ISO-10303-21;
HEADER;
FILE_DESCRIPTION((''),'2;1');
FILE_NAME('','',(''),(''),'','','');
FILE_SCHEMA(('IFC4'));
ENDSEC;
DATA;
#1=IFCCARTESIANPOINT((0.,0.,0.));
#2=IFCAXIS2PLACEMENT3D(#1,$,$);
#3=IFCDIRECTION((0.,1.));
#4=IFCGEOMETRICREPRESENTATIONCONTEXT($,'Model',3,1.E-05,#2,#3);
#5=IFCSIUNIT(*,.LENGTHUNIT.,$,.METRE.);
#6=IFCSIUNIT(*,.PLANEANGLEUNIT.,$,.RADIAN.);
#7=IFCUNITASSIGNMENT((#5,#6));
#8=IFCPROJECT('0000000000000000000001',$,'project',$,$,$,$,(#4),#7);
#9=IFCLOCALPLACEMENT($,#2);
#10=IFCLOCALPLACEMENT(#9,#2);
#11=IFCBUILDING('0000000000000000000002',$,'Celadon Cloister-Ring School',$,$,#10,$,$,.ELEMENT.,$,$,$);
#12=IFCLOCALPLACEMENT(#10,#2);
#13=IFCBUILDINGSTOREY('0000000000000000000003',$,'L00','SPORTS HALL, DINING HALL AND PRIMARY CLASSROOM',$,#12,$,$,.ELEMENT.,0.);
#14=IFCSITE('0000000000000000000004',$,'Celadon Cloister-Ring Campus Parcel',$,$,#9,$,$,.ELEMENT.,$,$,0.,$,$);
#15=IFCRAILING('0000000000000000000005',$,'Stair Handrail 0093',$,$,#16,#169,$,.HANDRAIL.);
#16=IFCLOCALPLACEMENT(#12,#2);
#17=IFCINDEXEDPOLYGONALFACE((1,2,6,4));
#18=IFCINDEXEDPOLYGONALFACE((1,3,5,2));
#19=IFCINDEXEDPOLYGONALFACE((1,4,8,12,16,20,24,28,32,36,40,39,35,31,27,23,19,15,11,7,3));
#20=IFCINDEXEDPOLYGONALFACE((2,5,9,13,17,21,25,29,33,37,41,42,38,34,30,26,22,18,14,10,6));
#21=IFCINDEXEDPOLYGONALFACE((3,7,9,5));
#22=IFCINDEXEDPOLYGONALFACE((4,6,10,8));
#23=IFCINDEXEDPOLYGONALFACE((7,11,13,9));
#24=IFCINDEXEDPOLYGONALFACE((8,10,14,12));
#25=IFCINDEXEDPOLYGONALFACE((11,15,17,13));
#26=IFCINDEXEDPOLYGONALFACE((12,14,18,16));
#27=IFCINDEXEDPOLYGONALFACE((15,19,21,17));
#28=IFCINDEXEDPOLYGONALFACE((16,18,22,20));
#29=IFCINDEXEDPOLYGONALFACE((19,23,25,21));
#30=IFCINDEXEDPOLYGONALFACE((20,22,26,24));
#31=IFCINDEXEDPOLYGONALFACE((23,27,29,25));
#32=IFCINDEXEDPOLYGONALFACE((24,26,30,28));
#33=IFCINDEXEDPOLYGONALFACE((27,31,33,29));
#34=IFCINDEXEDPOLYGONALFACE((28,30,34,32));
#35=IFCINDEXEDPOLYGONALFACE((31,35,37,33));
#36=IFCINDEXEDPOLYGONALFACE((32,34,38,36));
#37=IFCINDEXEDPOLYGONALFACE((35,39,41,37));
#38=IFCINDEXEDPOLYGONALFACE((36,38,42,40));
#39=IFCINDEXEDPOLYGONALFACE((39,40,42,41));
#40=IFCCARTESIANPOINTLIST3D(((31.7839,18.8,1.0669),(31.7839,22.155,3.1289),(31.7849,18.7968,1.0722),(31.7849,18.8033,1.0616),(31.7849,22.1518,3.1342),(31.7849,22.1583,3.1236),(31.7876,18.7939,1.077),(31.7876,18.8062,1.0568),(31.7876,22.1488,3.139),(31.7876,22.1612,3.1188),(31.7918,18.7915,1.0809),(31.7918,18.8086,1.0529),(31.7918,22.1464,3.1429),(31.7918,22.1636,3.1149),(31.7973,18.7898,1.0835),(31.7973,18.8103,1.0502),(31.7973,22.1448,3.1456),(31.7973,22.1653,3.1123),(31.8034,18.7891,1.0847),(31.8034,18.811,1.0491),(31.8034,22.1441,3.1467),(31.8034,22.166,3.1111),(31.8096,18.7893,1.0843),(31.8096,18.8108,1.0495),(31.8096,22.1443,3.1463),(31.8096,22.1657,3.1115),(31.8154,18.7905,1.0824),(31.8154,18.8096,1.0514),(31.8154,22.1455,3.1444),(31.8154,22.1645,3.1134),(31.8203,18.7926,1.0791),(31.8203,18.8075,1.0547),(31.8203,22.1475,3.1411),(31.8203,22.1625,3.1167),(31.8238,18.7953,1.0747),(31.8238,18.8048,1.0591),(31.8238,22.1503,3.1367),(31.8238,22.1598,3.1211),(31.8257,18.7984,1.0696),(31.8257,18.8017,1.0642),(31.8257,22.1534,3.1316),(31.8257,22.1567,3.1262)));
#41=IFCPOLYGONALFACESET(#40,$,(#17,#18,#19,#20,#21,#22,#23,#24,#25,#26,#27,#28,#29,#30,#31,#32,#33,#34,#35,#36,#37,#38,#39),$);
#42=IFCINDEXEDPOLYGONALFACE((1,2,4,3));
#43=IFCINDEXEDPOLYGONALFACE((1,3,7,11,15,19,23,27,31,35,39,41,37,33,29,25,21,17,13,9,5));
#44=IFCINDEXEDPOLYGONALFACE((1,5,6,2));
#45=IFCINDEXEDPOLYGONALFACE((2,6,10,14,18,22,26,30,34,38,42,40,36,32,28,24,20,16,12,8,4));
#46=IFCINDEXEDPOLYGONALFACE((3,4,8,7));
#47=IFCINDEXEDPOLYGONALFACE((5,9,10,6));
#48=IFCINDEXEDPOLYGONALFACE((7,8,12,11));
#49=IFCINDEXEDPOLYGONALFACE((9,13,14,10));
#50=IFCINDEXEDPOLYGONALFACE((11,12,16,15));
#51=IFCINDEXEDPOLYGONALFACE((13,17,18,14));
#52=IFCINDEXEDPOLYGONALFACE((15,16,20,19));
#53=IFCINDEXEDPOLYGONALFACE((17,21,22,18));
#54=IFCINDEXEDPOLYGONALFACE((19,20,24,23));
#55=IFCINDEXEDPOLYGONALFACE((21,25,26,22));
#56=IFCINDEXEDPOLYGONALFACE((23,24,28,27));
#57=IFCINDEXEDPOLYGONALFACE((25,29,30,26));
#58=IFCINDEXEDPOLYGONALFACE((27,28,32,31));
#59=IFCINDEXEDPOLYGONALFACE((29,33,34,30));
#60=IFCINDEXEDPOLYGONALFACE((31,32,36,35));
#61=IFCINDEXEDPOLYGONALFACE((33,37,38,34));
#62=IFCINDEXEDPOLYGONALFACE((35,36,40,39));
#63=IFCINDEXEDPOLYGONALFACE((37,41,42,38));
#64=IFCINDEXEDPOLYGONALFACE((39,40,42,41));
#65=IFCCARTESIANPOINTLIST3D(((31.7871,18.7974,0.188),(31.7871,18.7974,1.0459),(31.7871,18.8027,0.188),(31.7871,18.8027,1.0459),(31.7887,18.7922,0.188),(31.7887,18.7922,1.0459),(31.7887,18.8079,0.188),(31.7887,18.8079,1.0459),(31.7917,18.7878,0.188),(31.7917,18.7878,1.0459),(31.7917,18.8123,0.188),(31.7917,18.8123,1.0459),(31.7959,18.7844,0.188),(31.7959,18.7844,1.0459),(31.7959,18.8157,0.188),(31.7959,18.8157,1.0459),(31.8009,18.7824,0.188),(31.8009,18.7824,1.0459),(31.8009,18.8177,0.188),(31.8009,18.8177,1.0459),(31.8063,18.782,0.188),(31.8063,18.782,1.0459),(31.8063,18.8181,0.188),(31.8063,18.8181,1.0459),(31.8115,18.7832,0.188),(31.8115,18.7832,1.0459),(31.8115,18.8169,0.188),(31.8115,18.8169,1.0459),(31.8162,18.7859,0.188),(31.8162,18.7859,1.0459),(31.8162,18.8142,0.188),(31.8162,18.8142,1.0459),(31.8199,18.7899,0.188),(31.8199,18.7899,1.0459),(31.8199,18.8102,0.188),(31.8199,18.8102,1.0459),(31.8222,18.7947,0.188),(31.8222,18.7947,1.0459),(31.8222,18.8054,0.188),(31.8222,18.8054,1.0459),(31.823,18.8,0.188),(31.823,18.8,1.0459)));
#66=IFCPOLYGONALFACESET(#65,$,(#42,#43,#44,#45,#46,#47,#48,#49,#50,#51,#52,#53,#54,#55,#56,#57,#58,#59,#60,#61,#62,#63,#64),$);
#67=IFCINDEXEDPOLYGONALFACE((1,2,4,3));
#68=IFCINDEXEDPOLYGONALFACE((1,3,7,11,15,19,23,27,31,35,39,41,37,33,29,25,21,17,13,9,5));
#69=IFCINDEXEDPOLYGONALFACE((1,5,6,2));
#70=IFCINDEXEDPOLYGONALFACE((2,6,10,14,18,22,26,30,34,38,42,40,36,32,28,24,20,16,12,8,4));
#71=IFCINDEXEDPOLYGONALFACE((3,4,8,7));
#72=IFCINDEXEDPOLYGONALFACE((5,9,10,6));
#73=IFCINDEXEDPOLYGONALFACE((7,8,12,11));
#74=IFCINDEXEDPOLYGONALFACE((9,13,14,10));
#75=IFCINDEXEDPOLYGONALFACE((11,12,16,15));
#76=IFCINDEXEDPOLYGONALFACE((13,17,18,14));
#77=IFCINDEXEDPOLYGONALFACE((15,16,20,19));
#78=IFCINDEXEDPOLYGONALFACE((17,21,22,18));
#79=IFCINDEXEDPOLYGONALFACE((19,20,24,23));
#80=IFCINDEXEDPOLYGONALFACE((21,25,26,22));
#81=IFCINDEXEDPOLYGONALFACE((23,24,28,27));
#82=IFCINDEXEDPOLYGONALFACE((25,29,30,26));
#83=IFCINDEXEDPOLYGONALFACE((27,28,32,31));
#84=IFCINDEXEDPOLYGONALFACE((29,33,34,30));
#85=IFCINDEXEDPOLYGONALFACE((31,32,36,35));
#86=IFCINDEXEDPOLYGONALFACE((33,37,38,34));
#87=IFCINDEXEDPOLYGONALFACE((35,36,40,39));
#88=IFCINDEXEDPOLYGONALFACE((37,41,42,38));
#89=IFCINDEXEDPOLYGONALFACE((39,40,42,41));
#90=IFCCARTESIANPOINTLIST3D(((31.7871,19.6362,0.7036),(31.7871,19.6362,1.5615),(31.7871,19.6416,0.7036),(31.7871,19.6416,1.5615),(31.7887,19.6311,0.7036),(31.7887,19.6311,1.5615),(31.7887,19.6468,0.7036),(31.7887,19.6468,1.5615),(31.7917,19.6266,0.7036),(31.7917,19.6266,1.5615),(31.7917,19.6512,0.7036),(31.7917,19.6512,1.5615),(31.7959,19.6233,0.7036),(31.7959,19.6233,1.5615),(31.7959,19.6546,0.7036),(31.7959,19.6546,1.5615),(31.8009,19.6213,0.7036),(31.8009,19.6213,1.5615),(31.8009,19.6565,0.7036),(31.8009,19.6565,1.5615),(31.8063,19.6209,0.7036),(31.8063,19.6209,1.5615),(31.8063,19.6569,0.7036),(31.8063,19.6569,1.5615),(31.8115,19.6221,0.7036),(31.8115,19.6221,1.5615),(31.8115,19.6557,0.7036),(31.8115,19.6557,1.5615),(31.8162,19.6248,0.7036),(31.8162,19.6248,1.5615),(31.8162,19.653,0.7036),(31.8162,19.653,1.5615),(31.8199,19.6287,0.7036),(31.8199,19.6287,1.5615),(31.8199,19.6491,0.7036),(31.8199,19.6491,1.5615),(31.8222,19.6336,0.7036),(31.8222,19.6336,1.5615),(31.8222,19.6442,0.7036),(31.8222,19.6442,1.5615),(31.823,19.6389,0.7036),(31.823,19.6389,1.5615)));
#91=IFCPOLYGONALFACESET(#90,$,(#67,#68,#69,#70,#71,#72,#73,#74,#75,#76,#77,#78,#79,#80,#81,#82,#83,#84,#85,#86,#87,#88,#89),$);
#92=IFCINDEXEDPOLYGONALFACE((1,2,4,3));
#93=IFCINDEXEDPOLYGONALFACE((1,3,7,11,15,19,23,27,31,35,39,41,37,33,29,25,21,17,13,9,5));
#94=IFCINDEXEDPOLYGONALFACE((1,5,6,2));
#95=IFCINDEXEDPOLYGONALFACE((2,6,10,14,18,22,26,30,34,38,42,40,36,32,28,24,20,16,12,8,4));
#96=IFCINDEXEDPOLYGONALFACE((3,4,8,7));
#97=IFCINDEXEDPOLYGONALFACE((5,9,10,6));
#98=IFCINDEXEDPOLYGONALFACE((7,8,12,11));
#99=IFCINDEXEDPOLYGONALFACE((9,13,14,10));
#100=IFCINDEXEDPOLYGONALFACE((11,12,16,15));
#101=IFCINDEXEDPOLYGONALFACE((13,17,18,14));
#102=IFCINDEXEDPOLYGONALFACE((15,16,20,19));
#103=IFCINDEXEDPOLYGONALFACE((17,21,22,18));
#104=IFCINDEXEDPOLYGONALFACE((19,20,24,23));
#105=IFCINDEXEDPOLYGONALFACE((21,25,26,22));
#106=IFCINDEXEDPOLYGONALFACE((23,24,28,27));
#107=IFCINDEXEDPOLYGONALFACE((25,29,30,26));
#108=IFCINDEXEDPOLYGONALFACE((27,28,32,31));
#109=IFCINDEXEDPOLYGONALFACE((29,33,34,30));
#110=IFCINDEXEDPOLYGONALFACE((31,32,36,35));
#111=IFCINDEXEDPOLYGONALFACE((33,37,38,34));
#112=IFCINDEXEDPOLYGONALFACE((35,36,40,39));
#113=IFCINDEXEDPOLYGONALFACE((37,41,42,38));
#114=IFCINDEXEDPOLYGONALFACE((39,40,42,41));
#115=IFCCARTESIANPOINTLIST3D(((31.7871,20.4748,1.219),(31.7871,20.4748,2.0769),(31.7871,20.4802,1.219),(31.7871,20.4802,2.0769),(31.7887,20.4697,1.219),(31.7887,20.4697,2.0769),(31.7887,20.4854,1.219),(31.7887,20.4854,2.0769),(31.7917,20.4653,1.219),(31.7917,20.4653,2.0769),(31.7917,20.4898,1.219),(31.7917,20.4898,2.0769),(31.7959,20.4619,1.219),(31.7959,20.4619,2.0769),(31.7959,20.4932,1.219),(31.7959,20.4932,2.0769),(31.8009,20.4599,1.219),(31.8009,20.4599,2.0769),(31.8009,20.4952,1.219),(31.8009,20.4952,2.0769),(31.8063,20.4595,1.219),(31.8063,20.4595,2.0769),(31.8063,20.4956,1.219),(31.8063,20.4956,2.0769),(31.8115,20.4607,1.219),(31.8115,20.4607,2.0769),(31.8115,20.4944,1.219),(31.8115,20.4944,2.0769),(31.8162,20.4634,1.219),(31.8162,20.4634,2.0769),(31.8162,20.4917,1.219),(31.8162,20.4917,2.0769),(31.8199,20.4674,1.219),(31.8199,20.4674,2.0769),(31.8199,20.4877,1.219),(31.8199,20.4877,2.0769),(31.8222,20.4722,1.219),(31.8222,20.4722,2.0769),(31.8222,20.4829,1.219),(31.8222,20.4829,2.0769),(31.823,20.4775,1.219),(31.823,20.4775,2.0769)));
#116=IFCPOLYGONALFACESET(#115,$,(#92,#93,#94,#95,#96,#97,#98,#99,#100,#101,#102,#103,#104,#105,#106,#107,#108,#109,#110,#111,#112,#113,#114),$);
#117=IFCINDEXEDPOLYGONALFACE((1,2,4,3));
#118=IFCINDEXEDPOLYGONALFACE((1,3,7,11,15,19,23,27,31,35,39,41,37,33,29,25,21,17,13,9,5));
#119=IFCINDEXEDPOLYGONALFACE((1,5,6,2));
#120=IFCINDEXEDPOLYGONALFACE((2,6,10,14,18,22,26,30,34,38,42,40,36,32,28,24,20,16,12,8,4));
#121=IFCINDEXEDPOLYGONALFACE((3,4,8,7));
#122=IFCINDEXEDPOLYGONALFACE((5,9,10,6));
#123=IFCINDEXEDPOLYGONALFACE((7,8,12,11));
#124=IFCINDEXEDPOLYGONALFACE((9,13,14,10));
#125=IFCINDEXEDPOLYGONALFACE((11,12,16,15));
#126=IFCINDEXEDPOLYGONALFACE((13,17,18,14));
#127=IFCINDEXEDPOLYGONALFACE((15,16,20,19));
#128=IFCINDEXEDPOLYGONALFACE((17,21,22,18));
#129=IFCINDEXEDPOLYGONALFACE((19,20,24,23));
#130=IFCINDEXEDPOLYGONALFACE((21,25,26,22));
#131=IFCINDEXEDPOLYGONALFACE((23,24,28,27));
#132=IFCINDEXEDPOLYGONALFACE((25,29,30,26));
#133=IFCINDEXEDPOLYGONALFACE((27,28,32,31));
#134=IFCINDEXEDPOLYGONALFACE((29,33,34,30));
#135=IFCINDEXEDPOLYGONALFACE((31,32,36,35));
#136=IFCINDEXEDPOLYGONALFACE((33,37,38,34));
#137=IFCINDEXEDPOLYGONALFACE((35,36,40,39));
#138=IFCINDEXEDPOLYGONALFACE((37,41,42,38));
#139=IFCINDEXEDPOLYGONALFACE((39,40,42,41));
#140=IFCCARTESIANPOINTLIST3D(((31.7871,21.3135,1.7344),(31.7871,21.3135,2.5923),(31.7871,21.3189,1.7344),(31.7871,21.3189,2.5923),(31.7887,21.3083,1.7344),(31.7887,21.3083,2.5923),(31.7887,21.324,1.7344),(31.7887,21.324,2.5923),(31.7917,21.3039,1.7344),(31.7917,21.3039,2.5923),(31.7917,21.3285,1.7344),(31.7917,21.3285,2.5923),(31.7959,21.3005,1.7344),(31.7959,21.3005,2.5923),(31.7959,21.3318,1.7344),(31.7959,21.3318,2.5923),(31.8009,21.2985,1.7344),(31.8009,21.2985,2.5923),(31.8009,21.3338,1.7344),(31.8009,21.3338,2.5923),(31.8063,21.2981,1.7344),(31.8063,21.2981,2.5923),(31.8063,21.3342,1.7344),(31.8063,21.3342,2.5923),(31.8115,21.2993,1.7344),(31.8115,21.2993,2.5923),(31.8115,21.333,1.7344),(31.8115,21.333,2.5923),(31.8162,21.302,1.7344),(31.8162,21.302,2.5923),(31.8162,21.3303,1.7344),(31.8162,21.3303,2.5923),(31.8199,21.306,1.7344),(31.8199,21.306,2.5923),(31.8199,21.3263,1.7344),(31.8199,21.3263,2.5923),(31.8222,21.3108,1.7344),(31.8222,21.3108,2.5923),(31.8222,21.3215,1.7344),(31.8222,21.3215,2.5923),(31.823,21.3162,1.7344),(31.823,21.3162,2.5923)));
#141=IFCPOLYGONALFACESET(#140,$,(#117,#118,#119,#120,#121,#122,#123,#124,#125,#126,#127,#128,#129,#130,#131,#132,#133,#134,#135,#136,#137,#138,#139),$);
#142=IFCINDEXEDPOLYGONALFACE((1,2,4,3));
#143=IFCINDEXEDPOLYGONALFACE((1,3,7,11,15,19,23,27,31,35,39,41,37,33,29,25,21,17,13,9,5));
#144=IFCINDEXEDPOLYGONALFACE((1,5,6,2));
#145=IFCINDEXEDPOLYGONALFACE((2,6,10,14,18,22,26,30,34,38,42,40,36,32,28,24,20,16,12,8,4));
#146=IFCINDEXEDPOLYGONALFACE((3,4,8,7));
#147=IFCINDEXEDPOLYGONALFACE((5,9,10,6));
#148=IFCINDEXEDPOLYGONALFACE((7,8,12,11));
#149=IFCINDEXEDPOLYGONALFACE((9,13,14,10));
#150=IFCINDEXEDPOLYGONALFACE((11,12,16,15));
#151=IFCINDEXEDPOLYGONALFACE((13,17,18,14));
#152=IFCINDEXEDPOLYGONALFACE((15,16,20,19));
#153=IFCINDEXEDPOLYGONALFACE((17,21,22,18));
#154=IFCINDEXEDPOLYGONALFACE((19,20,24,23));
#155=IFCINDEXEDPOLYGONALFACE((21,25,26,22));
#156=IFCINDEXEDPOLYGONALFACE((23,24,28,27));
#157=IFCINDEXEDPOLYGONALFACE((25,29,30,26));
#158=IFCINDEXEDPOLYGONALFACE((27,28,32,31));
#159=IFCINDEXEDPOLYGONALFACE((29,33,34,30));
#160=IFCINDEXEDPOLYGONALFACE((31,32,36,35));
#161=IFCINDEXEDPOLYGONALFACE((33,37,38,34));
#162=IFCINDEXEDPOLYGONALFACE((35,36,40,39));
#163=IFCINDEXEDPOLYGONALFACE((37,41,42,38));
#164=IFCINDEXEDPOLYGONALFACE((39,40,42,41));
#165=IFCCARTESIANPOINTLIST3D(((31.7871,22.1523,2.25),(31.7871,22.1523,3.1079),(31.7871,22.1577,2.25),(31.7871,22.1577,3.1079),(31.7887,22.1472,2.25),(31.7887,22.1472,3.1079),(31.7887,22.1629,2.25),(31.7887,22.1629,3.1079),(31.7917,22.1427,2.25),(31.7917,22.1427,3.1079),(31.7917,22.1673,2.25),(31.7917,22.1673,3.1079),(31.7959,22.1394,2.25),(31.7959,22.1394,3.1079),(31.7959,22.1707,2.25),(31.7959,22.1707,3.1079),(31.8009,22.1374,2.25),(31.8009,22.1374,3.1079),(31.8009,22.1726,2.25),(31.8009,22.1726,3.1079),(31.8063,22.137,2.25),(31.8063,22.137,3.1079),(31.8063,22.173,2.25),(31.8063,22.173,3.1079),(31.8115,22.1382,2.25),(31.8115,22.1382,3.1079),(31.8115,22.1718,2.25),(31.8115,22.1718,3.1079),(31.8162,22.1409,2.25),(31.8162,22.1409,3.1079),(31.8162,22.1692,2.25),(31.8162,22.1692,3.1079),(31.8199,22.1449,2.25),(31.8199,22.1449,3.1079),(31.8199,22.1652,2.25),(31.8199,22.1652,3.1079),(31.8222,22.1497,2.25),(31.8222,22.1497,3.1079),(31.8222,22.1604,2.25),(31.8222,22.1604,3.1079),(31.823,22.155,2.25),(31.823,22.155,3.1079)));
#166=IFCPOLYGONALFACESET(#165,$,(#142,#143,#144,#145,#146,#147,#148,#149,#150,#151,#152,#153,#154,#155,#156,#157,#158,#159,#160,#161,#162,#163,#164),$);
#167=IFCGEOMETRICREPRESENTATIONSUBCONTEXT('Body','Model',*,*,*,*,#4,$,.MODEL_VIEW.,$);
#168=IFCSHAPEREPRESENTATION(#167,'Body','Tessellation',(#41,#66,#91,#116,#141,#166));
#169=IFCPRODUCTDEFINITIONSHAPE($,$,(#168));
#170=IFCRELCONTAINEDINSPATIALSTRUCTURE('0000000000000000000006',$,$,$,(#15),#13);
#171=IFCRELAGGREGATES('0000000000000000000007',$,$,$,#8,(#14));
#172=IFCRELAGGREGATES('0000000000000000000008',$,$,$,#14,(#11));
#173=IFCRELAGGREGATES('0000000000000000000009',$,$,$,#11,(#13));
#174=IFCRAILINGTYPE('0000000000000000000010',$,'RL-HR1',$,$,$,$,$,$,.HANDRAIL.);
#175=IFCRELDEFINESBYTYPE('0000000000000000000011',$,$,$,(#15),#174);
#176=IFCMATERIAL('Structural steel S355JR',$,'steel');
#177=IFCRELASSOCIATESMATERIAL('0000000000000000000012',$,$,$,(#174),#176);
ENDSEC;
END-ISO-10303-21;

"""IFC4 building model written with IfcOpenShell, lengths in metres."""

from ifc_helpers import new_model, si_unit, direction, frame, origin, origin_2d, place, context, subcontext, project, spatial, circle, extrude, material, type_object, element, save


model = new_model("IFC4")

# Units and contexts
model_context = context("Model", 3, precision=1e-05, world=origin(), true_north=direction((0.0, 1.0)))
body_context = subcontext(model_context, "Body", "Model", "MODEL_VIEW")
ifc_project = project(units=[si_unit("LENGTHUNIT", "METRE"), si_unit("PLANEANGLEUNIT", "RADIAN")], contexts=[model_context])

# Site, building, storey
site_placement = place(None, origin())
site = spatial("IfcSite", under=ifc_project, at=site_placement, Name="Celadon Cloister-Ring Campus Parcel", CompositionType="ELEMENT", RefElevation=0.0)
building_placement = place(site_placement, origin())
building = spatial("IfcBuilding", under=site, at=building_placement, Name="Celadon Cloister-Ring School", CompositionType="ELEMENT")
storey_placement = place(building_placement, origin())
storey = spatial("IfcBuildingStorey", under=building, at=storey_placement, Name="L00", Description="SPORTS HALL, DINING HALL AND PRIMARY CLASSROOM", CompositionType="ELEMENT", Elevation=0.0)

# Railing
ifc_material_1 = material(Name="Structural steel S355JR", Category="steel")
railing_type = type_object("IfcRailingType", Name="RL-HR1", PredefinedType="HANDRAIL", material=ifc_material_1)
for number, where, name in (
    (1, (31.8049, 18.8, 0.188), "Stair Handrail 0093"),
):
    element("IfcRailing", number, at=place(storey_placement, frame(where)), inside=storey, type_object=railing_type, Name=name, PredefinedType="HANDRAIL", context=body_context, shape_type="SweptSolid", body=[
        extrude(circle(Radius=0.021, at=origin_2d()), frame((0.0, 0.0, 0.8789), z_axis=(0.0, 0.851952, 0.52362), x_axis=(-1.0, 0.0, 0.0)), (0.0, 0.0, 1.0), 3.938),
        extrude(circle(Radius=0.0181, at=origin_2d()), origin(), (0.0, 0.0, 1.0), 0.8579),
        extrude(circle(Radius=0.0181, at=origin_2d()), frame((0.0, 0.8389, 0.5156)), (0.0, 0.0, 1.0), 0.8579),
        extrude(circle(Radius=0.0181, at=origin_2d()), frame((0.0, 1.6775, 1.031)), (0.0, 0.0, 1.0), 0.8579),
        extrude(circle(Radius=0.0181, at=origin_2d()), frame((0.0, 2.5161, 1.5464)), (0.0, 0.0, 1.0), 0.8579),
        extrude(circle(Radius=0.0181, at=origin_2d()), frame((0.0, 3.355, 2.062)), (0.0, 0.0, 1.0), 0.8579),
    ])

save(model, "model.ifc")
